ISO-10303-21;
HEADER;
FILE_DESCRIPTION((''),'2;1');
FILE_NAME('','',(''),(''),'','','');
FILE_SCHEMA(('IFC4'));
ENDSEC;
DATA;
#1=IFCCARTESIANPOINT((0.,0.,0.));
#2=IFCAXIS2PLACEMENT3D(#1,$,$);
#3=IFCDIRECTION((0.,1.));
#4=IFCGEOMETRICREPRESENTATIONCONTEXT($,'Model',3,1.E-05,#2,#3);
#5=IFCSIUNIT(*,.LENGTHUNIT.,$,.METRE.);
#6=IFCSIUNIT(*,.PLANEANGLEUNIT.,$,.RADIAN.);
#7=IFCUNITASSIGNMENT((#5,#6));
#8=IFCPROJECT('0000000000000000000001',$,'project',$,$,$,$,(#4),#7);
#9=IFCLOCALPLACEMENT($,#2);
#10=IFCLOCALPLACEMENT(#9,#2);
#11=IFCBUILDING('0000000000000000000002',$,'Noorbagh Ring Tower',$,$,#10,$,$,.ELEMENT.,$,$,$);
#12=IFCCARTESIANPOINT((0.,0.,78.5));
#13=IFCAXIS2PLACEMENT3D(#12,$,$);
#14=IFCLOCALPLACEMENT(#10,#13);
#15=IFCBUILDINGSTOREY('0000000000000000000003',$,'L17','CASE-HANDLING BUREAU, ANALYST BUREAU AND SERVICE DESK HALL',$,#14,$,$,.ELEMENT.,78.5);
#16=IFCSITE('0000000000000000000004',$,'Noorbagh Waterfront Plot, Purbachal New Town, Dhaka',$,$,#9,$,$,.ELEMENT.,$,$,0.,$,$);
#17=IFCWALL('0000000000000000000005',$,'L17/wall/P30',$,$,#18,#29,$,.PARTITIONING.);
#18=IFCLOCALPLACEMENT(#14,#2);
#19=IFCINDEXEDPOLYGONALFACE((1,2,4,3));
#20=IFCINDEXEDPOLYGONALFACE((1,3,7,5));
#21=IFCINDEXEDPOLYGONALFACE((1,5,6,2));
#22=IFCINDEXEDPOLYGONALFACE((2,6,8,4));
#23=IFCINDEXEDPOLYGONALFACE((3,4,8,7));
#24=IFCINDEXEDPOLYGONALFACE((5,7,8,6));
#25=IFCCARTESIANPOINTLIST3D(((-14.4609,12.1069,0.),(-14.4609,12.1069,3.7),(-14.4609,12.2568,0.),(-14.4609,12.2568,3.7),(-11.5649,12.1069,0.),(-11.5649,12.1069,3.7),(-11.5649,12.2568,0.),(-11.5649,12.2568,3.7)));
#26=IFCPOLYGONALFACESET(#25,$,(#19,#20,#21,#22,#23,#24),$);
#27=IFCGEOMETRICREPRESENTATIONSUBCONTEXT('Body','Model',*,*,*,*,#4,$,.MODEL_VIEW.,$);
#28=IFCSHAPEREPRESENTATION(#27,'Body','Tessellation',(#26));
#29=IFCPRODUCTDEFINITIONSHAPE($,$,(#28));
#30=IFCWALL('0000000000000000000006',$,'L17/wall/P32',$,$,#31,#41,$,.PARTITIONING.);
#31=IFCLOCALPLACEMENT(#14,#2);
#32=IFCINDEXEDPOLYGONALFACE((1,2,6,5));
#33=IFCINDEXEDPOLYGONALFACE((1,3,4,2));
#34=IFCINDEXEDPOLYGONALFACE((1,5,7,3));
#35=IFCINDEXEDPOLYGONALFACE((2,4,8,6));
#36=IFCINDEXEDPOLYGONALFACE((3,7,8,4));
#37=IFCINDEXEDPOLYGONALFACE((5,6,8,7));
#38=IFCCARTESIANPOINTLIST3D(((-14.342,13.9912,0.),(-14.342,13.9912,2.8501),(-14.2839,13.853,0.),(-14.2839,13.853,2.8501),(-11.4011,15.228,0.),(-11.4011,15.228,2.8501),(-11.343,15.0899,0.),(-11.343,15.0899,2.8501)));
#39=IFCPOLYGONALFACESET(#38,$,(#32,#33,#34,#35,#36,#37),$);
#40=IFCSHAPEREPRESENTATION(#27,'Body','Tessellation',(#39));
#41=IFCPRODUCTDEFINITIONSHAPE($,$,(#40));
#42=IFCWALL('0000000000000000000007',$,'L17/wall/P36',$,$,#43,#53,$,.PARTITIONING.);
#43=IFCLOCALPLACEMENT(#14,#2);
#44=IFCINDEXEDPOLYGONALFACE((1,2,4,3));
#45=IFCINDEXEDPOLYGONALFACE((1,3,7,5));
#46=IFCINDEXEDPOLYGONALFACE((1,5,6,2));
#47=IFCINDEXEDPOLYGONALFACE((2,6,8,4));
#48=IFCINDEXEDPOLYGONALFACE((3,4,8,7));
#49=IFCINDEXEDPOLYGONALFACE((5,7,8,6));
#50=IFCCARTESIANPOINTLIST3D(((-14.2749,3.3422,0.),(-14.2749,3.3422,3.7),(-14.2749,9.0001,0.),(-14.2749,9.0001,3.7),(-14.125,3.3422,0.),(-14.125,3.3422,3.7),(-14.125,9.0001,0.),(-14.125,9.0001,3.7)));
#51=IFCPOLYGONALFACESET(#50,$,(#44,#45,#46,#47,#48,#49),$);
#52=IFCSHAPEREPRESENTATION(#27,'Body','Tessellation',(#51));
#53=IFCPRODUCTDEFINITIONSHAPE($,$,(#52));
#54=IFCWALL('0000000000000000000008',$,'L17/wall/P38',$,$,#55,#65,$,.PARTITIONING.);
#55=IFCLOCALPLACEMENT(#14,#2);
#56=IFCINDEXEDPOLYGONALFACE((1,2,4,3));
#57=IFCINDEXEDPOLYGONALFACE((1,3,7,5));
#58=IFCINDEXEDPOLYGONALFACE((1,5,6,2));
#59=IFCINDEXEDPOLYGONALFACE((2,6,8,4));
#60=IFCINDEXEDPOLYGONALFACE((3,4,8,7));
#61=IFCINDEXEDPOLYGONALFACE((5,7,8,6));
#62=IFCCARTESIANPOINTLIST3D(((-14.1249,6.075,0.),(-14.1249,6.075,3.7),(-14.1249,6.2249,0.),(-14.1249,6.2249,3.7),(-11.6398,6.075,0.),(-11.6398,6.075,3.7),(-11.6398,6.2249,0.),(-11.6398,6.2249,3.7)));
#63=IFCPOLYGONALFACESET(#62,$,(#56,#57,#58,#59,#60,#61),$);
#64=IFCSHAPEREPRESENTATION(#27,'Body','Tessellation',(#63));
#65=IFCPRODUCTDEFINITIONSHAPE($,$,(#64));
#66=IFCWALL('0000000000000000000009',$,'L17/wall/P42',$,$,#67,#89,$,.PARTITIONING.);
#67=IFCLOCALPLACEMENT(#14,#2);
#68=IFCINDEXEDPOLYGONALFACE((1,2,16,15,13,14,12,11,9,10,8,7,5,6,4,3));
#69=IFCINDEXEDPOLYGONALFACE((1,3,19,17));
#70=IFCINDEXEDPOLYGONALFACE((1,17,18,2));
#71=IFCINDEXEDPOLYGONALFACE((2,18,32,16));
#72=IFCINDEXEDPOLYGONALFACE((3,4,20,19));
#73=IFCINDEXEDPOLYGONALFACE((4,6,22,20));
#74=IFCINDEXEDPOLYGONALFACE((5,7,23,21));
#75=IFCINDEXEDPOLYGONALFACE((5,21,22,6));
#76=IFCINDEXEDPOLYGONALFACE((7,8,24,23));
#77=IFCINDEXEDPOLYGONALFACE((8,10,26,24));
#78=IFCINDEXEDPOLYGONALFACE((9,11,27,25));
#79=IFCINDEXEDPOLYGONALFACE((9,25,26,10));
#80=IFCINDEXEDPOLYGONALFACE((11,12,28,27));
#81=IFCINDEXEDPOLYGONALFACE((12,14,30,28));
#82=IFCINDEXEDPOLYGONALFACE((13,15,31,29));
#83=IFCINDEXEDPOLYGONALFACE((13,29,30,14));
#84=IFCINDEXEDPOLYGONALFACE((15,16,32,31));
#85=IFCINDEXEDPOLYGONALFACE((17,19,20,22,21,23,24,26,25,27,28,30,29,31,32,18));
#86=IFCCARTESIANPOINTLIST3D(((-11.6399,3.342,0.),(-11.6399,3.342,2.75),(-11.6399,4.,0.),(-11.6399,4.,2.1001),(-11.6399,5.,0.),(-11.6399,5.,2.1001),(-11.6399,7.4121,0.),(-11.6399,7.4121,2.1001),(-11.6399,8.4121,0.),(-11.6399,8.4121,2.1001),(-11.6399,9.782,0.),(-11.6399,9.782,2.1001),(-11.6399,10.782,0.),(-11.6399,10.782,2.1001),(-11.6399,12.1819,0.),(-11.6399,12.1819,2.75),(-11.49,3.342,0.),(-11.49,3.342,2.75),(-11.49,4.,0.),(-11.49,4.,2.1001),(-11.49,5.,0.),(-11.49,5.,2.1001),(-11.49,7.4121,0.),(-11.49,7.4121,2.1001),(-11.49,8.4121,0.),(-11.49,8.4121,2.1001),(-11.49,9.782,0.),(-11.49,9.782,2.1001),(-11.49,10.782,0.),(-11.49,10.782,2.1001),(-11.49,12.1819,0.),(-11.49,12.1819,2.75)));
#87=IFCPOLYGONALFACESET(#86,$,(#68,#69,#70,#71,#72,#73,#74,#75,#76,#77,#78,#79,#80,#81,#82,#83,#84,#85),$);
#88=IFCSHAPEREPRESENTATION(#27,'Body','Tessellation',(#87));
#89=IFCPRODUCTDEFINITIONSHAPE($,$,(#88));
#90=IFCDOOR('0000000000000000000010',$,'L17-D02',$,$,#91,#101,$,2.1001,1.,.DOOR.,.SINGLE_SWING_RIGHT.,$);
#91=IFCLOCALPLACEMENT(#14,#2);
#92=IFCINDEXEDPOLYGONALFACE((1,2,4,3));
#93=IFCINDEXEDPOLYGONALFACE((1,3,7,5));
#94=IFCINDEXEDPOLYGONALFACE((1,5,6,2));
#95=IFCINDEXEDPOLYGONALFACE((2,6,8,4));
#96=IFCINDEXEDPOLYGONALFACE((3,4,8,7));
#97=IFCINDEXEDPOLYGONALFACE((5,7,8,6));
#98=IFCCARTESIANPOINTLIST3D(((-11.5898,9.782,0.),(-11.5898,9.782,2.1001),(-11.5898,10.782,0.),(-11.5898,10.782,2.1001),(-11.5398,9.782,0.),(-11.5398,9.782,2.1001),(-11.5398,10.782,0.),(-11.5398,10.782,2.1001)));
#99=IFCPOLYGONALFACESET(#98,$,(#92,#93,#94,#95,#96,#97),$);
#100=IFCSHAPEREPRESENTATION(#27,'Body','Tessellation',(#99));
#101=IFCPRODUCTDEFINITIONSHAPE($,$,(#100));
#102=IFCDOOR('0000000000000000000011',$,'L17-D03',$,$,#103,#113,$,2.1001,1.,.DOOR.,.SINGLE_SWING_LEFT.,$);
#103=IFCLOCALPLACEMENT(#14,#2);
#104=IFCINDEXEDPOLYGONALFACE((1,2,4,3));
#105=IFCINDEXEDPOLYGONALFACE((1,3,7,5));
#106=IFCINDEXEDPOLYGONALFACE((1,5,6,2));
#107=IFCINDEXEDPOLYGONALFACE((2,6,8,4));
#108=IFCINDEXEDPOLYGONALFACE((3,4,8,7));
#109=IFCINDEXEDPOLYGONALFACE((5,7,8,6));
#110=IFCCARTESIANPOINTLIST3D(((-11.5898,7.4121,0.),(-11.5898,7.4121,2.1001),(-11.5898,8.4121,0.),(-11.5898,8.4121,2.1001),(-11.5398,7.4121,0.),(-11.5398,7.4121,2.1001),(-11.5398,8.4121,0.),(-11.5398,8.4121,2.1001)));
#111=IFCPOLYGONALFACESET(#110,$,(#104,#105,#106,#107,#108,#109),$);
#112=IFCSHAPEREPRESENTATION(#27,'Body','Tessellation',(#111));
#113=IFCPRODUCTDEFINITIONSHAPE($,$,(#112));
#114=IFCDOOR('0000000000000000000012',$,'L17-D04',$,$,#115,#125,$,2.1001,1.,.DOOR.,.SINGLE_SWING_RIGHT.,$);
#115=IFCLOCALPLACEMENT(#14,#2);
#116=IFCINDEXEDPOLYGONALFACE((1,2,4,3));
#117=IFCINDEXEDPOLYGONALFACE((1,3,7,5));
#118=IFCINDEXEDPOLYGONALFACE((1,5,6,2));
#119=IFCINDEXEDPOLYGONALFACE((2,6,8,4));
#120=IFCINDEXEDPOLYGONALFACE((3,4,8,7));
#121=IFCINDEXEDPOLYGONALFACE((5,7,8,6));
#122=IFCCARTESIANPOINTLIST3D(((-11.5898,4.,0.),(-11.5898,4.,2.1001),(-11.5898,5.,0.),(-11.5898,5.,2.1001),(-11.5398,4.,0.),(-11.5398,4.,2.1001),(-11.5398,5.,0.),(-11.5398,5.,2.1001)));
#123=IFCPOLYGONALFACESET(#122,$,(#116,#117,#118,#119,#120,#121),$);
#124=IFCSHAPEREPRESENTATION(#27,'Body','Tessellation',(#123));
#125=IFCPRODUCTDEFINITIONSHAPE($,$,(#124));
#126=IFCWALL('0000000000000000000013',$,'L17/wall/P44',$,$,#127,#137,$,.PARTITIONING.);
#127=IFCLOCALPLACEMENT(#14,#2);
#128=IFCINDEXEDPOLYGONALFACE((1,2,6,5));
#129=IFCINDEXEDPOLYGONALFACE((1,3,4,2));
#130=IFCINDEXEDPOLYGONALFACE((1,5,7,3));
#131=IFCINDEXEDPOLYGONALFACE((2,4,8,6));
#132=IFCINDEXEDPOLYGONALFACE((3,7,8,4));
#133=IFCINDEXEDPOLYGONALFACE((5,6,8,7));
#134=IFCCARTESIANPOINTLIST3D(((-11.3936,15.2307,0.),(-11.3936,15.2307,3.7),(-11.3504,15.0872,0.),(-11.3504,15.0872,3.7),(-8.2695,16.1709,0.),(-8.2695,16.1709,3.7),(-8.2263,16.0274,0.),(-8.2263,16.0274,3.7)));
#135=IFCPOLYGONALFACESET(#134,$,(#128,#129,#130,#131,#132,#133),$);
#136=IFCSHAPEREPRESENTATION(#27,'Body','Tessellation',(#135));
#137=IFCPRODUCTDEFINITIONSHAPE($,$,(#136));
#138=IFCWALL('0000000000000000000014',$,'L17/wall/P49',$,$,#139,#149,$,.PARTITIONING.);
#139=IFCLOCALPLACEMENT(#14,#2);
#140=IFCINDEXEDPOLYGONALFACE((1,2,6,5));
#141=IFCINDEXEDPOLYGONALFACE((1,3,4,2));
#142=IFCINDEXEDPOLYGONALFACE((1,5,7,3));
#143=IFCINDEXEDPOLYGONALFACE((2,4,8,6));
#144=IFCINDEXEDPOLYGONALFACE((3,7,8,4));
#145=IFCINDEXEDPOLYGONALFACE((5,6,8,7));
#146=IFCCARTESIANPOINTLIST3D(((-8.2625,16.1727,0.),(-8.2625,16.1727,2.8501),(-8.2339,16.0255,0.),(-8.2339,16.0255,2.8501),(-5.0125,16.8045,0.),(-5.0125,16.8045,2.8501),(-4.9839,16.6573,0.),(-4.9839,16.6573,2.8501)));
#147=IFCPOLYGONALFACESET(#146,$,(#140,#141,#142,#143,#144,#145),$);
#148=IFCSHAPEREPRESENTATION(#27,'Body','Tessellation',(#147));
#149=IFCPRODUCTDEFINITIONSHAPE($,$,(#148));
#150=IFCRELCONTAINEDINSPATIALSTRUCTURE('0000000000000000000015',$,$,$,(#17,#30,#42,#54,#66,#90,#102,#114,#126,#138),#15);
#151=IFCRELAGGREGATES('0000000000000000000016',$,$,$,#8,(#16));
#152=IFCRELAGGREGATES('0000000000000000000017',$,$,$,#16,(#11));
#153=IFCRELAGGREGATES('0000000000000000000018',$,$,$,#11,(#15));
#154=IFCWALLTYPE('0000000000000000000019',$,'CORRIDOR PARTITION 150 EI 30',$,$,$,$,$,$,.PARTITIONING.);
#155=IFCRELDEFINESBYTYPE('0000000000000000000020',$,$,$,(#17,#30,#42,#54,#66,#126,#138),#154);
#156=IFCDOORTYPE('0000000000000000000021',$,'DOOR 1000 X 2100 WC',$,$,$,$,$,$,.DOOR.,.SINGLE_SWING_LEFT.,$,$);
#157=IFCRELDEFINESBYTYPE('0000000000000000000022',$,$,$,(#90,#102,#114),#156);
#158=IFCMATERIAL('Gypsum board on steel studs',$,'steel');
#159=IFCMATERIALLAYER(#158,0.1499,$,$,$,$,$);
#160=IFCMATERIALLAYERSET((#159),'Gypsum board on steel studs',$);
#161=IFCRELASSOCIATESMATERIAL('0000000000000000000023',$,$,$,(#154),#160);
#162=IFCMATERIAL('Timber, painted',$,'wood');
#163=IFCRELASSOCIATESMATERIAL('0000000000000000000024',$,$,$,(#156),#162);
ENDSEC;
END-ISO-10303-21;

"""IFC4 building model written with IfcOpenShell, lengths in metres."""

from ifc_helpers import new_model, si_unit, direction, frame, frame_2d, origin, place, context, subcontext, project, spatial, rectangle, extrude, material, layer, layer_set, type_object, element, fill, save


model = new_model("IFC4")

# Units and contexts
model_context = context("Model", 3, precision=1e-05, world=origin(), true_north=direction((0.0, 1.0)))
body_context = subcontext(model_context, "Body", "Model", "MODEL_VIEW")
ifc_project = project(units=[si_unit("LENGTHUNIT", "METRE"), si_unit("PLANEANGLEUNIT", "RADIAN")], contexts=[model_context])

# Site, building, storey
site_placement = place(None, origin())
site = spatial("IfcSite", under=ifc_project, at=site_placement, Name="Noorbagh Waterfront Plot, Purbachal New Town, Dhaka", CompositionType="ELEMENT", RefElevation=0.0)
building_placement = place(site_placement, origin())
building = spatial("IfcBuilding", under=site, at=building_placement, Name="Noorbagh Ring Tower", CompositionType="ELEMENT")
storey_placement = place(building_placement, frame((0.0, 0.0, 78.5)))
storey = spatial("IfcBuildingStorey", under=building, at=storey_placement, Name="L17", Description="CASE-HANDLING BUREAU, ANALYST BUREAU AND SERVICE DESK HALL", CompositionType="ELEMENT", Elevation=78.5)

# Walls
ifc_material_1 = material(Name="Gypsum board on steel studs", Category="steel")
ifc_layer_1 = layer(ifc_material_1, 0.1499)
ifc_layer_set_1 = layer_set([ifc_layer_1], Name="Gypsum board on steel studs")
wall_type_1 = type_object("IfcWallType", Name="CORRIDOR PARTITION 150 EI 30", PredefinedType="PARTITIONING", material=ifc_layer_set_1)
wall_1_placement = place(storey_placement, frame((-14.4609, 12.1819, 0.0), z_axis=(0.0, 0.0, 1.0), x_axis=(1.0, 0.0, 0.0)))
element("IfcWall", 1, at=wall_1_placement, inside=storey, type_object=wall_type_1, Name="L17/wall/P30", PredefinedType="PARTITIONING", context=body_context, shape_type="SweptSolid", body=[
    extrude(rectangle(XDim=2.896, YDim=0.1499, at=frame_2d((1.448, 0.0))), origin(), (0.0, 0.0, 1.0), 3.7),
])
wall_2_placement = place(storey_placement, frame((-14.313, 13.9221, 0.0), z_axis=(0.0, 0.0, 1.0), x_axis=(0.9218, 0.387667, 0.0)))
element("IfcWall", 2, at=wall_2_placement, inside=storey, type_object=wall_type_1, Name="L17/wall/P32", PredefinedType="PARTITIONING", context=body_context, shape_type="SweptSolid", body=[
    extrude(rectangle(XDim=3.1904, YDim=0.1499, at=frame_2d((1.5952, 0.0))), origin(), (0.0, 0.0, 1.0), 2.8501),
])
wall_3_placement = place(storey_placement, frame((-14.2, 3.342, 0.0), z_axis=(0.0, 0.0, 1.0), x_axis=(0.0, 1.0, 0.0)))
element("IfcWall", 3, at=wall_3_placement, inside=storey, type_object=wall_type_1, Name="L17/wall/P36", PredefinedType="PARTITIONING", context=body_context, shape_type="SweptSolid", body=[
    extrude(rectangle(XDim=5.658, YDim=0.1499, at=frame_2d((2.8291, 0.0))), origin(), (0.0, 0.0, 1.0), 3.7),
])
wall_4_placement = place(storey_placement, frame((-14.125, 6.1499, 0.0), z_axis=(0.0, 0.0, 1.0), x_axis=(1.0, 0.0, 0.0)))
element("IfcWall", 4, at=wall_4_placement, inside=storey, type_object=wall_type_1, Name="L17/wall/P38", PredefinedType="PARTITIONING", context=body_context, shape_type="SweptSolid", body=[
    extrude(rectangle(XDim=2.4851, YDim=0.1499, at=frame_2d((1.2427, 0.0))), origin(), (0.0, 0.0, 1.0), 3.7),
])

# Wall, openings, doors
wall_5_placement = place(storey_placement, frame((-11.5649, 3.342, 0.0), z_axis=(0.0, 0.0, 1.0), x_axis=(0.0, 1.0, 0.0)))
wall_5 = element("IfcWall", 5, at=wall_5_placement, inside=storey, type_object=wall_type_1, Name="L17/wall/P42", PredefinedType="PARTITIONING", context=body_context, shape_type="SweptSolid", body=[
    extrude(rectangle(XDim=8.8398, YDim=0.1499, at=frame_2d((4.4199, 0.0))), origin(), (0.0, 0.0, 1.0), 2.75),
])
opening_1_placement = place(wall_5_placement, frame((6.4399, 0.0, 0.0)))
opening_1 = element("IfcOpeningElement", 6, at=opening_1_placement, cuts=wall_5, PredefinedType="OPENING", context=body_context, shape_type="SweptSolid", body=[
    extrude(rectangle(XDim=1.0, YDim=2.1001, at=frame_2d((0.5, 1.05))), frame((0.0, 0.085, 0.0), z_axis=(0.0, -1.0, 0.0), x_axis=(1.0, 0.0, 0.0)), (0.0, 0.0, 1.0), 0.1699),
])
opening_2_placement = place(wall_5_placement, frame((4.0701, 0.0, 0.0)))
opening_2 = element("IfcOpeningElement", 7, at=opening_2_placement, cuts=wall_5, PredefinedType="OPENING", context=body_context, shape_type="SweptSolid", body=[
    extrude(rectangle(XDim=1.0, YDim=2.1001, at=frame_2d((0.5, 1.05))), frame((0.0, 0.085, 0.0), z_axis=(0.0, -1.0, 0.0), x_axis=(1.0, 0.0, 0.0)), (0.0, 0.0, 1.0), 0.1699),
])
opening_3_placement = place(wall_5_placement, frame((0.658, 0.0, 0.0)))
opening_3 = element("IfcOpeningElement", 8, at=opening_3_placement, cuts=wall_5, PredefinedType="OPENING", context=body_context, shape_type="SweptSolid", body=[
    extrude(rectangle(XDim=1.0, YDim=2.1001, at=frame_2d((0.5, 1.05))), frame((0.0, 0.085, 0.0), z_axis=(0.0, -1.0, 0.0), x_axis=(1.0, 0.0, 0.0)), (0.0, 0.0, 1.0), 0.1699),
])
ifc_material_2 = material(Name="Timber, painted", Category="wood")
door_type_1 = type_object("IfcDoorType", Name="DOOR 1000 X 2100 WC", OperationType="SINGLE_SWING_LEFT", PredefinedType="DOOR", material=ifc_material_2)
door_1_placement = place(opening_1_placement, origin())
door_1 = element("IfcDoor", 9, at=door_1_placement, inside=storey, type_object=door_type_1, Name="L17-D02", OperationType="SINGLE_SWING_RIGHT", OverallHeight=2.1001, OverallWidth=1.0, PredefinedType="DOOR", context=body_context, shape_type="SweptSolid", body=[
    extrude(rectangle(XDim=1.0, YDim=2.1001, at=frame_2d((0.5, 1.05))), frame((0.0, 0.0249, 0.0), z_axis=(0.0, -1.0, 0.0), x_axis=(1.0, 0.0, 0.0)), (0.0, 0.0, 1.0), 0.05),
])
fill(opening_1, door_1)
door_2_placement = place(opening_2_placement, origin())
door_2 = element("IfcDoor", 10, at=door_2_placement, inside=storey, type_object=door_type_1, Name="L17-D03", OperationType="SINGLE_SWING_LEFT", OverallHeight=2.1001, OverallWidth=1.0, PredefinedType="DOOR", context=body_context, shape_type="SweptSolid", body=[
    extrude(rectangle(XDim=1.0, YDim=2.1001, at=frame_2d((0.5, 1.05))), frame((0.0, 0.0249, 0.0), z_axis=(0.0, -1.0, 0.0), x_axis=(1.0, 0.0, 0.0)), (0.0, 0.0, 1.0), 0.05),
])
fill(opening_2, door_2)
door_3_placement = place(opening_3_placement, origin())
door_3 = element("IfcDoor", 11, at=door_3_placement, inside=storey, type_object=door_type_1, Name="L17-D04", OperationType="SINGLE_SWING_RIGHT", OverallHeight=2.1001, OverallWidth=1.0, PredefinedType="DOOR", context=body_context, shape_type="SweptSolid", body=[
    extrude(rectangle(XDim=1.0, YDim=2.1001, at=frame_2d((0.5, 1.05))), frame((0.0, 0.0249, 0.0), z_axis=(0.0, -1.0, 0.0), x_axis=(1.0, 0.0, 0.0)), (0.0, 0.0, 1.0), 0.05),
])
fill(opening_3, door_3)

# Walls
wall_6_placement = place(storey_placement, frame((-11.3721, 15.1589, 0.0), z_axis=(0.0, 0.0, 1.0), x_axis=(0.957575, 0.288185, 0.0)))
element("IfcWall", 12, at=wall_6_placement, inside=storey, type_object=wall_type_1, Name="L17/wall/P44", PredefinedType="PARTITIONING", context=body_context, shape_type="SweptSolid", body=[
    extrude(rectangle(XDim=3.2625, YDim=0.1499, at=frame_2d((1.6313, 0.0))), origin(), (0.0, 0.0, 1.0), 3.7),
])
wall_7_placement = place(storey_placement, frame((-8.248, 16.0991, 0.0), z_axis=(0.0, 0.0, 1.0), x_axis=(0.981622, 0.190838, 0.0)))
element("IfcWall", 13, at=wall_7_placement, inside=storey, type_object=wall_type_1, Name="L17/wall/P49", PredefinedType="PARTITIONING", context=body_context, shape_type="SweptSolid", body=[
    extrude(rectangle(XDim=3.3108, YDim=0.1499, at=frame_2d((1.6553, 0.0))), origin(), (0.0, 0.0, 1.0), 2.8501),
])

save(model, "model.ifc")
